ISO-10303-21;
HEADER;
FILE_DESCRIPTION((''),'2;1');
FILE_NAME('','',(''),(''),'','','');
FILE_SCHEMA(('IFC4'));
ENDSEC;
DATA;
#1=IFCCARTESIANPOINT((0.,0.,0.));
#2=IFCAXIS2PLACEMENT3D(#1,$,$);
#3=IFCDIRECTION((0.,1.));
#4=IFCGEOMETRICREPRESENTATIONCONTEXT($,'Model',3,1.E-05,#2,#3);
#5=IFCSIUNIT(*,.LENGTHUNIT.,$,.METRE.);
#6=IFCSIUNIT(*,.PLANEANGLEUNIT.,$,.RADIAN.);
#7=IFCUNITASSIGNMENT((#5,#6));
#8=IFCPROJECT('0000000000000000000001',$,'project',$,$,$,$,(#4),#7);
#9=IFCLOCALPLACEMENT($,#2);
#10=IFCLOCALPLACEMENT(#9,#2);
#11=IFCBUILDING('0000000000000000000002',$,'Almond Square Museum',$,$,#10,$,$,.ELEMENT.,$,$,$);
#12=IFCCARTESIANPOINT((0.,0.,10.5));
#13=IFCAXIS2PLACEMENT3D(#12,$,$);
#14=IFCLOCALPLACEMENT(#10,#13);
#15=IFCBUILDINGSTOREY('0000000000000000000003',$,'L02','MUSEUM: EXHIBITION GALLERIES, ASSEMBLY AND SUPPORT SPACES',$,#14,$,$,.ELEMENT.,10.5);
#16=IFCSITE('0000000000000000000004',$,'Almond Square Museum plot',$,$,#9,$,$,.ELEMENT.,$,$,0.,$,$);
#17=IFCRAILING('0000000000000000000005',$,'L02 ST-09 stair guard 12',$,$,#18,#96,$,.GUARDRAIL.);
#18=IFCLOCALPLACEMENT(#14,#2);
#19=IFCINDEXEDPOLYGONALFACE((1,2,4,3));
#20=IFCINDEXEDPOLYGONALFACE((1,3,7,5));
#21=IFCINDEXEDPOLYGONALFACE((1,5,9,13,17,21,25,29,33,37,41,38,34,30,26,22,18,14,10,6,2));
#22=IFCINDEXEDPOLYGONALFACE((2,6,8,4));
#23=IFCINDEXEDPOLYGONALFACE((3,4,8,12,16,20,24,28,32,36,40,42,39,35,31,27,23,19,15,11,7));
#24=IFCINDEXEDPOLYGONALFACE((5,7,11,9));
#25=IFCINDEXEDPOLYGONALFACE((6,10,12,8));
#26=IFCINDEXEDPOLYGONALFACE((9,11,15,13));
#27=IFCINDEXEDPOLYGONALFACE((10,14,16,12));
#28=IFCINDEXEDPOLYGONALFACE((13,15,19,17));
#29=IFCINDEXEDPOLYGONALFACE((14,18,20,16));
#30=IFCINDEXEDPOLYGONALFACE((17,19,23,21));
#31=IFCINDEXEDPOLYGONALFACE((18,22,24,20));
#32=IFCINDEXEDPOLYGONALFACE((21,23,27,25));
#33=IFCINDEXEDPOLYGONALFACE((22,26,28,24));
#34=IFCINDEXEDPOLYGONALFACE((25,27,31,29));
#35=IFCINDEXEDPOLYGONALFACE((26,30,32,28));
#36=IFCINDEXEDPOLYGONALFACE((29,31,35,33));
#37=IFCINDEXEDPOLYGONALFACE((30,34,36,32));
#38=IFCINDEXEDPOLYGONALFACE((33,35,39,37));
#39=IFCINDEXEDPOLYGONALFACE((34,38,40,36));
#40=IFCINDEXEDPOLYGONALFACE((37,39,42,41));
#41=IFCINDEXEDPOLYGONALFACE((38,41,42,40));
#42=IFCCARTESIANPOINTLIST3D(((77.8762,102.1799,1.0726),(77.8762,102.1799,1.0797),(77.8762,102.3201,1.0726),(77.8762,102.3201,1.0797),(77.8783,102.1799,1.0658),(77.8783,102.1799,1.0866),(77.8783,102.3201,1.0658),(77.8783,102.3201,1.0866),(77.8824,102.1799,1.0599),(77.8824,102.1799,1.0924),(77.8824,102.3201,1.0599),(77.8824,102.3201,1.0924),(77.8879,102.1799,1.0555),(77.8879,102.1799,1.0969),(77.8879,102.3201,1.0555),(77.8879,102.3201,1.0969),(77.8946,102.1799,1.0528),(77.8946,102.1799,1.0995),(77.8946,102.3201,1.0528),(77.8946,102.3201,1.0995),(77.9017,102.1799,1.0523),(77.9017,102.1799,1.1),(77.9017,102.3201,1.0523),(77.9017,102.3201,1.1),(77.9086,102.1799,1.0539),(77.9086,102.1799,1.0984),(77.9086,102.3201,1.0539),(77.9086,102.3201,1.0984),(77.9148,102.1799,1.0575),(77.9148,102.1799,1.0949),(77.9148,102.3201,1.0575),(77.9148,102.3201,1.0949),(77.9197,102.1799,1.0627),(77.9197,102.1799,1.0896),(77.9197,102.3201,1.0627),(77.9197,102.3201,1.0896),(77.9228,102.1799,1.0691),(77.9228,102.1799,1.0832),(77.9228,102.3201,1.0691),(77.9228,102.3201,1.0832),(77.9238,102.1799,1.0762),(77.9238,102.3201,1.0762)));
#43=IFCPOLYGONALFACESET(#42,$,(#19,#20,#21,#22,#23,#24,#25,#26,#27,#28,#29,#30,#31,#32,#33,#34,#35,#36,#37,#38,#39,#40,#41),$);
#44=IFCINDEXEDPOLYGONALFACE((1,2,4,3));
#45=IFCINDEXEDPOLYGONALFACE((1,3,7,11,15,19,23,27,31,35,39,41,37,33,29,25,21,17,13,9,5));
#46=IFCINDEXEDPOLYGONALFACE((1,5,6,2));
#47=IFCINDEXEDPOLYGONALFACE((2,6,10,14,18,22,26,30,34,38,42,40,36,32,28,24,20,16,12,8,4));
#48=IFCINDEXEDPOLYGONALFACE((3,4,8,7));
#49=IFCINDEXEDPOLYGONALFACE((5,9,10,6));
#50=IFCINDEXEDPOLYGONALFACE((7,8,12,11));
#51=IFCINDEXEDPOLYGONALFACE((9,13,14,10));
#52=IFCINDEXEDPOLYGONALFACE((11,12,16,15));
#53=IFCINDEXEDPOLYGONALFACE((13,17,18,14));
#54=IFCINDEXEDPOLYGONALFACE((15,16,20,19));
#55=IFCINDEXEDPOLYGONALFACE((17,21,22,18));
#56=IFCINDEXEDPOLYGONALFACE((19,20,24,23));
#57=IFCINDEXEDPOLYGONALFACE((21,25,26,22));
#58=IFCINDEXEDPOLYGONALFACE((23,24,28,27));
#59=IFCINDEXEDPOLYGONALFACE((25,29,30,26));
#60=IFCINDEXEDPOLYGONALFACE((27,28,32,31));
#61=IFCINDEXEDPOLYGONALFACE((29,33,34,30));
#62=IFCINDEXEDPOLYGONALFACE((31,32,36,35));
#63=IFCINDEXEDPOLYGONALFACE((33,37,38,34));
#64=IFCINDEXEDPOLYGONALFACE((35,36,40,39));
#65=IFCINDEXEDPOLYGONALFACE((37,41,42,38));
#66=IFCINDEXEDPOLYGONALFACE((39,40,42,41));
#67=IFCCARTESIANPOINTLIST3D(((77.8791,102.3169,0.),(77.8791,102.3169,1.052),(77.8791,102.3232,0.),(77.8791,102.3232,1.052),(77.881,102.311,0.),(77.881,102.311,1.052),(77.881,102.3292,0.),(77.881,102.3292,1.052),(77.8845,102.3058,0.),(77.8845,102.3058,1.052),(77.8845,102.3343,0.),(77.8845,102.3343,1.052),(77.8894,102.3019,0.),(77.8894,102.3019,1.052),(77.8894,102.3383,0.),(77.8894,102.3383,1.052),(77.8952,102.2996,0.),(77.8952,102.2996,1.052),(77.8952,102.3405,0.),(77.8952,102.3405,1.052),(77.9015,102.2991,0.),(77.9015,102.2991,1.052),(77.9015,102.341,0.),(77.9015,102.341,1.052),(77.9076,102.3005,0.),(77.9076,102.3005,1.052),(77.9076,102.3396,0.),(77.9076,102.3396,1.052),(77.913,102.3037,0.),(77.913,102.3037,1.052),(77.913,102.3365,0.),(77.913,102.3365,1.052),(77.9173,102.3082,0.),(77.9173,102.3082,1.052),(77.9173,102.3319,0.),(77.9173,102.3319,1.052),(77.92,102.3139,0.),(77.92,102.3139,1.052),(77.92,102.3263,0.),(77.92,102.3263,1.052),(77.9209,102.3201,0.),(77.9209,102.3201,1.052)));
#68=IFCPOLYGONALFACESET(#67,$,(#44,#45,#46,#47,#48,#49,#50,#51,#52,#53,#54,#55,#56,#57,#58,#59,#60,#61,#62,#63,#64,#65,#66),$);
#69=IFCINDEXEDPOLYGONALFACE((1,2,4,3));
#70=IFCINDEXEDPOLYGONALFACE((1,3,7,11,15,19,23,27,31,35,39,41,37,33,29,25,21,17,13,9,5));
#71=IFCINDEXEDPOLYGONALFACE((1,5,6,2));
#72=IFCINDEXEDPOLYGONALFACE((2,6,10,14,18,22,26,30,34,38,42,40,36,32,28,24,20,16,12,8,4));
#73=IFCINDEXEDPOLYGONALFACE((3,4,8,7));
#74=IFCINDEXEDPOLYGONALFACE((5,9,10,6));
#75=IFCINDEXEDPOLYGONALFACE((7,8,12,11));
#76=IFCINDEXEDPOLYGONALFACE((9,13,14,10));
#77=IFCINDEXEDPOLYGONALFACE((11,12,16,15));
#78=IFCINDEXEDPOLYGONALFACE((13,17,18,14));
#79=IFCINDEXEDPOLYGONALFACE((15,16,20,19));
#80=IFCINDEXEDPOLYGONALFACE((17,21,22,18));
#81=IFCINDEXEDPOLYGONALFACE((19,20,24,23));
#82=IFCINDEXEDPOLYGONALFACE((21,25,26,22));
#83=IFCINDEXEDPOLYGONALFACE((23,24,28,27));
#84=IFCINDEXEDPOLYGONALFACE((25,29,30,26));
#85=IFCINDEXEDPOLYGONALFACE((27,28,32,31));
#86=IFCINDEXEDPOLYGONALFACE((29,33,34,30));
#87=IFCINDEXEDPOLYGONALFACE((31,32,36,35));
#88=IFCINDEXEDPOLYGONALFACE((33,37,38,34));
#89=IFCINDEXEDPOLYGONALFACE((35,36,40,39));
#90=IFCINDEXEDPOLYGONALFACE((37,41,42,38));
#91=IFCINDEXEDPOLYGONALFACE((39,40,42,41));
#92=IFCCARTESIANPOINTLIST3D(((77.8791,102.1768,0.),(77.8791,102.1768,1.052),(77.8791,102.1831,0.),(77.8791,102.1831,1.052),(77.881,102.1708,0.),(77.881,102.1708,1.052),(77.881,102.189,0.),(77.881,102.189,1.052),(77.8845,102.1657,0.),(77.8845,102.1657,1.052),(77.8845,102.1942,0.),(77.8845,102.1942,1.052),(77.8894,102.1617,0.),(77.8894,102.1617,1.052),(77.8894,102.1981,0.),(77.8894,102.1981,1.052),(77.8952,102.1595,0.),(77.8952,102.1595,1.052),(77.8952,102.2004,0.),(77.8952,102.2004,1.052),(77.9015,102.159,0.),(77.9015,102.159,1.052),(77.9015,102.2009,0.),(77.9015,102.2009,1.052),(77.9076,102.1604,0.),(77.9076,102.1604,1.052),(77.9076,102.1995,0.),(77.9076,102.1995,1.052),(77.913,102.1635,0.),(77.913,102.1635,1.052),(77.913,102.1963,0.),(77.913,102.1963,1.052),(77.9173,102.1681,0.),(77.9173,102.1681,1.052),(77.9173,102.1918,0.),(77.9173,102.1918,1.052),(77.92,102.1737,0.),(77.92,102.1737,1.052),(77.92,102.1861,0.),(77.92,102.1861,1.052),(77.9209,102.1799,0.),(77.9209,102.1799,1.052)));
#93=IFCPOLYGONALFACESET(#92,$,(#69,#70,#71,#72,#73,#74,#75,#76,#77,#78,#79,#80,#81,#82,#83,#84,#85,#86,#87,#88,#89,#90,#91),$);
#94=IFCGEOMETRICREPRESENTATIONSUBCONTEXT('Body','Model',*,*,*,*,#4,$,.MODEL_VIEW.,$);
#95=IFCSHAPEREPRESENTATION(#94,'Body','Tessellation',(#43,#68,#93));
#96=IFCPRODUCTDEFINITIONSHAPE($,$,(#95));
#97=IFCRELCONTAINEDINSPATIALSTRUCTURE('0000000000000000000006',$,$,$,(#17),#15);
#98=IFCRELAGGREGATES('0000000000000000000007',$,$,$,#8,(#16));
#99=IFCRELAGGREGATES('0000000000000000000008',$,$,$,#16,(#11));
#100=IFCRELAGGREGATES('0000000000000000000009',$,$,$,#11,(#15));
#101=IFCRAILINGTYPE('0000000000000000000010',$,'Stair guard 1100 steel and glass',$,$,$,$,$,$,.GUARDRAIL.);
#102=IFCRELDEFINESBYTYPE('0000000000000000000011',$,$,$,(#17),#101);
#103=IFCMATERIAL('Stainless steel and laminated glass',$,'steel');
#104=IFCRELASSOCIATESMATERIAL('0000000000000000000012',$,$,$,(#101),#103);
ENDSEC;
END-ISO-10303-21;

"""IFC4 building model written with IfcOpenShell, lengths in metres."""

from ifc_helpers import new_model, si_unit, direction, frame, origin, origin_2d, place, context, subcontext, project, spatial, circle, extrude, material, type_object, element, save


model = new_model("IFC4")

# Units and contexts
model_context = context("Model", 3, precision=1e-05, world=origin(), true_north=direction((0.0, 1.0)))
body_context = subcontext(model_context, "Body", "Model", "MODEL_VIEW")
ifc_project = project(units=[si_unit("LENGTHUNIT", "METRE"), si_unit("PLANEANGLEUNIT", "RADIAN")], contexts=[model_context])

# Site, building, storey
site_placement = place(None, origin())
site = spatial("IfcSite", under=ifc_project, at=site_placement, Name="Almond Square Museum plot", CompositionType="ELEMENT", RefElevation=0.0)
building_placement = place(site_placement, origin())
building = spatial("IfcBuilding", under=site, at=building_placement, Name="Almond Square Museum", CompositionType="ELEMENT")
storey_placement = place(building_placement, frame((0.0, 0.0, 10.5)))
storey = spatial("IfcBuildingStorey", under=building, at=storey_placement, Name="L02", Description="MUSEUM: EXHIBITION GALLERIES, ASSEMBLY AND SUPPORT SPACES", CompositionType="ELEMENT", Elevation=10.5)

# Railing
ifc_material_1 = material(Name="Stainless steel and laminated glass", Category="steel")
railing_type_1 = type_object("IfcRailingType", Name="Stair guard 1100 steel and glass", PredefinedType="GUARDRAIL", material=ifc_material_1)
railing_1_placement = place(storey_placement, frame((77.8999, 102.3201, 0.0)))
element("IfcRailing", 1, at=railing_1_placement, inside=storey, type_object=railing_type_1, Name="L02 ST-09 stair guard 12", PredefinedType="GUARDRAIL", context=body_context, shape_type="SweptSolid", body=[
    extrude(circle(Radius=0.0239, at=origin_2d()), frame((0.0, 0.0, 1.0762), z_axis=(0.0, -1.0, 0.0), x_axis=(1.0, 0.0, 0.0)), (0.0, 0.0, 1.0), 0.1401),
    extrude(circle(Radius=0.021, at=origin_2d()), origin(), (0.0, 0.0, 1.0), 1.052),
    extrude(circle(Radius=0.021, at=origin_2d()), frame((0.0, -0.1401, 0.0)), (0.0, 0.0, 1.0), 1.052),
])

save(model, "model.ifc")
